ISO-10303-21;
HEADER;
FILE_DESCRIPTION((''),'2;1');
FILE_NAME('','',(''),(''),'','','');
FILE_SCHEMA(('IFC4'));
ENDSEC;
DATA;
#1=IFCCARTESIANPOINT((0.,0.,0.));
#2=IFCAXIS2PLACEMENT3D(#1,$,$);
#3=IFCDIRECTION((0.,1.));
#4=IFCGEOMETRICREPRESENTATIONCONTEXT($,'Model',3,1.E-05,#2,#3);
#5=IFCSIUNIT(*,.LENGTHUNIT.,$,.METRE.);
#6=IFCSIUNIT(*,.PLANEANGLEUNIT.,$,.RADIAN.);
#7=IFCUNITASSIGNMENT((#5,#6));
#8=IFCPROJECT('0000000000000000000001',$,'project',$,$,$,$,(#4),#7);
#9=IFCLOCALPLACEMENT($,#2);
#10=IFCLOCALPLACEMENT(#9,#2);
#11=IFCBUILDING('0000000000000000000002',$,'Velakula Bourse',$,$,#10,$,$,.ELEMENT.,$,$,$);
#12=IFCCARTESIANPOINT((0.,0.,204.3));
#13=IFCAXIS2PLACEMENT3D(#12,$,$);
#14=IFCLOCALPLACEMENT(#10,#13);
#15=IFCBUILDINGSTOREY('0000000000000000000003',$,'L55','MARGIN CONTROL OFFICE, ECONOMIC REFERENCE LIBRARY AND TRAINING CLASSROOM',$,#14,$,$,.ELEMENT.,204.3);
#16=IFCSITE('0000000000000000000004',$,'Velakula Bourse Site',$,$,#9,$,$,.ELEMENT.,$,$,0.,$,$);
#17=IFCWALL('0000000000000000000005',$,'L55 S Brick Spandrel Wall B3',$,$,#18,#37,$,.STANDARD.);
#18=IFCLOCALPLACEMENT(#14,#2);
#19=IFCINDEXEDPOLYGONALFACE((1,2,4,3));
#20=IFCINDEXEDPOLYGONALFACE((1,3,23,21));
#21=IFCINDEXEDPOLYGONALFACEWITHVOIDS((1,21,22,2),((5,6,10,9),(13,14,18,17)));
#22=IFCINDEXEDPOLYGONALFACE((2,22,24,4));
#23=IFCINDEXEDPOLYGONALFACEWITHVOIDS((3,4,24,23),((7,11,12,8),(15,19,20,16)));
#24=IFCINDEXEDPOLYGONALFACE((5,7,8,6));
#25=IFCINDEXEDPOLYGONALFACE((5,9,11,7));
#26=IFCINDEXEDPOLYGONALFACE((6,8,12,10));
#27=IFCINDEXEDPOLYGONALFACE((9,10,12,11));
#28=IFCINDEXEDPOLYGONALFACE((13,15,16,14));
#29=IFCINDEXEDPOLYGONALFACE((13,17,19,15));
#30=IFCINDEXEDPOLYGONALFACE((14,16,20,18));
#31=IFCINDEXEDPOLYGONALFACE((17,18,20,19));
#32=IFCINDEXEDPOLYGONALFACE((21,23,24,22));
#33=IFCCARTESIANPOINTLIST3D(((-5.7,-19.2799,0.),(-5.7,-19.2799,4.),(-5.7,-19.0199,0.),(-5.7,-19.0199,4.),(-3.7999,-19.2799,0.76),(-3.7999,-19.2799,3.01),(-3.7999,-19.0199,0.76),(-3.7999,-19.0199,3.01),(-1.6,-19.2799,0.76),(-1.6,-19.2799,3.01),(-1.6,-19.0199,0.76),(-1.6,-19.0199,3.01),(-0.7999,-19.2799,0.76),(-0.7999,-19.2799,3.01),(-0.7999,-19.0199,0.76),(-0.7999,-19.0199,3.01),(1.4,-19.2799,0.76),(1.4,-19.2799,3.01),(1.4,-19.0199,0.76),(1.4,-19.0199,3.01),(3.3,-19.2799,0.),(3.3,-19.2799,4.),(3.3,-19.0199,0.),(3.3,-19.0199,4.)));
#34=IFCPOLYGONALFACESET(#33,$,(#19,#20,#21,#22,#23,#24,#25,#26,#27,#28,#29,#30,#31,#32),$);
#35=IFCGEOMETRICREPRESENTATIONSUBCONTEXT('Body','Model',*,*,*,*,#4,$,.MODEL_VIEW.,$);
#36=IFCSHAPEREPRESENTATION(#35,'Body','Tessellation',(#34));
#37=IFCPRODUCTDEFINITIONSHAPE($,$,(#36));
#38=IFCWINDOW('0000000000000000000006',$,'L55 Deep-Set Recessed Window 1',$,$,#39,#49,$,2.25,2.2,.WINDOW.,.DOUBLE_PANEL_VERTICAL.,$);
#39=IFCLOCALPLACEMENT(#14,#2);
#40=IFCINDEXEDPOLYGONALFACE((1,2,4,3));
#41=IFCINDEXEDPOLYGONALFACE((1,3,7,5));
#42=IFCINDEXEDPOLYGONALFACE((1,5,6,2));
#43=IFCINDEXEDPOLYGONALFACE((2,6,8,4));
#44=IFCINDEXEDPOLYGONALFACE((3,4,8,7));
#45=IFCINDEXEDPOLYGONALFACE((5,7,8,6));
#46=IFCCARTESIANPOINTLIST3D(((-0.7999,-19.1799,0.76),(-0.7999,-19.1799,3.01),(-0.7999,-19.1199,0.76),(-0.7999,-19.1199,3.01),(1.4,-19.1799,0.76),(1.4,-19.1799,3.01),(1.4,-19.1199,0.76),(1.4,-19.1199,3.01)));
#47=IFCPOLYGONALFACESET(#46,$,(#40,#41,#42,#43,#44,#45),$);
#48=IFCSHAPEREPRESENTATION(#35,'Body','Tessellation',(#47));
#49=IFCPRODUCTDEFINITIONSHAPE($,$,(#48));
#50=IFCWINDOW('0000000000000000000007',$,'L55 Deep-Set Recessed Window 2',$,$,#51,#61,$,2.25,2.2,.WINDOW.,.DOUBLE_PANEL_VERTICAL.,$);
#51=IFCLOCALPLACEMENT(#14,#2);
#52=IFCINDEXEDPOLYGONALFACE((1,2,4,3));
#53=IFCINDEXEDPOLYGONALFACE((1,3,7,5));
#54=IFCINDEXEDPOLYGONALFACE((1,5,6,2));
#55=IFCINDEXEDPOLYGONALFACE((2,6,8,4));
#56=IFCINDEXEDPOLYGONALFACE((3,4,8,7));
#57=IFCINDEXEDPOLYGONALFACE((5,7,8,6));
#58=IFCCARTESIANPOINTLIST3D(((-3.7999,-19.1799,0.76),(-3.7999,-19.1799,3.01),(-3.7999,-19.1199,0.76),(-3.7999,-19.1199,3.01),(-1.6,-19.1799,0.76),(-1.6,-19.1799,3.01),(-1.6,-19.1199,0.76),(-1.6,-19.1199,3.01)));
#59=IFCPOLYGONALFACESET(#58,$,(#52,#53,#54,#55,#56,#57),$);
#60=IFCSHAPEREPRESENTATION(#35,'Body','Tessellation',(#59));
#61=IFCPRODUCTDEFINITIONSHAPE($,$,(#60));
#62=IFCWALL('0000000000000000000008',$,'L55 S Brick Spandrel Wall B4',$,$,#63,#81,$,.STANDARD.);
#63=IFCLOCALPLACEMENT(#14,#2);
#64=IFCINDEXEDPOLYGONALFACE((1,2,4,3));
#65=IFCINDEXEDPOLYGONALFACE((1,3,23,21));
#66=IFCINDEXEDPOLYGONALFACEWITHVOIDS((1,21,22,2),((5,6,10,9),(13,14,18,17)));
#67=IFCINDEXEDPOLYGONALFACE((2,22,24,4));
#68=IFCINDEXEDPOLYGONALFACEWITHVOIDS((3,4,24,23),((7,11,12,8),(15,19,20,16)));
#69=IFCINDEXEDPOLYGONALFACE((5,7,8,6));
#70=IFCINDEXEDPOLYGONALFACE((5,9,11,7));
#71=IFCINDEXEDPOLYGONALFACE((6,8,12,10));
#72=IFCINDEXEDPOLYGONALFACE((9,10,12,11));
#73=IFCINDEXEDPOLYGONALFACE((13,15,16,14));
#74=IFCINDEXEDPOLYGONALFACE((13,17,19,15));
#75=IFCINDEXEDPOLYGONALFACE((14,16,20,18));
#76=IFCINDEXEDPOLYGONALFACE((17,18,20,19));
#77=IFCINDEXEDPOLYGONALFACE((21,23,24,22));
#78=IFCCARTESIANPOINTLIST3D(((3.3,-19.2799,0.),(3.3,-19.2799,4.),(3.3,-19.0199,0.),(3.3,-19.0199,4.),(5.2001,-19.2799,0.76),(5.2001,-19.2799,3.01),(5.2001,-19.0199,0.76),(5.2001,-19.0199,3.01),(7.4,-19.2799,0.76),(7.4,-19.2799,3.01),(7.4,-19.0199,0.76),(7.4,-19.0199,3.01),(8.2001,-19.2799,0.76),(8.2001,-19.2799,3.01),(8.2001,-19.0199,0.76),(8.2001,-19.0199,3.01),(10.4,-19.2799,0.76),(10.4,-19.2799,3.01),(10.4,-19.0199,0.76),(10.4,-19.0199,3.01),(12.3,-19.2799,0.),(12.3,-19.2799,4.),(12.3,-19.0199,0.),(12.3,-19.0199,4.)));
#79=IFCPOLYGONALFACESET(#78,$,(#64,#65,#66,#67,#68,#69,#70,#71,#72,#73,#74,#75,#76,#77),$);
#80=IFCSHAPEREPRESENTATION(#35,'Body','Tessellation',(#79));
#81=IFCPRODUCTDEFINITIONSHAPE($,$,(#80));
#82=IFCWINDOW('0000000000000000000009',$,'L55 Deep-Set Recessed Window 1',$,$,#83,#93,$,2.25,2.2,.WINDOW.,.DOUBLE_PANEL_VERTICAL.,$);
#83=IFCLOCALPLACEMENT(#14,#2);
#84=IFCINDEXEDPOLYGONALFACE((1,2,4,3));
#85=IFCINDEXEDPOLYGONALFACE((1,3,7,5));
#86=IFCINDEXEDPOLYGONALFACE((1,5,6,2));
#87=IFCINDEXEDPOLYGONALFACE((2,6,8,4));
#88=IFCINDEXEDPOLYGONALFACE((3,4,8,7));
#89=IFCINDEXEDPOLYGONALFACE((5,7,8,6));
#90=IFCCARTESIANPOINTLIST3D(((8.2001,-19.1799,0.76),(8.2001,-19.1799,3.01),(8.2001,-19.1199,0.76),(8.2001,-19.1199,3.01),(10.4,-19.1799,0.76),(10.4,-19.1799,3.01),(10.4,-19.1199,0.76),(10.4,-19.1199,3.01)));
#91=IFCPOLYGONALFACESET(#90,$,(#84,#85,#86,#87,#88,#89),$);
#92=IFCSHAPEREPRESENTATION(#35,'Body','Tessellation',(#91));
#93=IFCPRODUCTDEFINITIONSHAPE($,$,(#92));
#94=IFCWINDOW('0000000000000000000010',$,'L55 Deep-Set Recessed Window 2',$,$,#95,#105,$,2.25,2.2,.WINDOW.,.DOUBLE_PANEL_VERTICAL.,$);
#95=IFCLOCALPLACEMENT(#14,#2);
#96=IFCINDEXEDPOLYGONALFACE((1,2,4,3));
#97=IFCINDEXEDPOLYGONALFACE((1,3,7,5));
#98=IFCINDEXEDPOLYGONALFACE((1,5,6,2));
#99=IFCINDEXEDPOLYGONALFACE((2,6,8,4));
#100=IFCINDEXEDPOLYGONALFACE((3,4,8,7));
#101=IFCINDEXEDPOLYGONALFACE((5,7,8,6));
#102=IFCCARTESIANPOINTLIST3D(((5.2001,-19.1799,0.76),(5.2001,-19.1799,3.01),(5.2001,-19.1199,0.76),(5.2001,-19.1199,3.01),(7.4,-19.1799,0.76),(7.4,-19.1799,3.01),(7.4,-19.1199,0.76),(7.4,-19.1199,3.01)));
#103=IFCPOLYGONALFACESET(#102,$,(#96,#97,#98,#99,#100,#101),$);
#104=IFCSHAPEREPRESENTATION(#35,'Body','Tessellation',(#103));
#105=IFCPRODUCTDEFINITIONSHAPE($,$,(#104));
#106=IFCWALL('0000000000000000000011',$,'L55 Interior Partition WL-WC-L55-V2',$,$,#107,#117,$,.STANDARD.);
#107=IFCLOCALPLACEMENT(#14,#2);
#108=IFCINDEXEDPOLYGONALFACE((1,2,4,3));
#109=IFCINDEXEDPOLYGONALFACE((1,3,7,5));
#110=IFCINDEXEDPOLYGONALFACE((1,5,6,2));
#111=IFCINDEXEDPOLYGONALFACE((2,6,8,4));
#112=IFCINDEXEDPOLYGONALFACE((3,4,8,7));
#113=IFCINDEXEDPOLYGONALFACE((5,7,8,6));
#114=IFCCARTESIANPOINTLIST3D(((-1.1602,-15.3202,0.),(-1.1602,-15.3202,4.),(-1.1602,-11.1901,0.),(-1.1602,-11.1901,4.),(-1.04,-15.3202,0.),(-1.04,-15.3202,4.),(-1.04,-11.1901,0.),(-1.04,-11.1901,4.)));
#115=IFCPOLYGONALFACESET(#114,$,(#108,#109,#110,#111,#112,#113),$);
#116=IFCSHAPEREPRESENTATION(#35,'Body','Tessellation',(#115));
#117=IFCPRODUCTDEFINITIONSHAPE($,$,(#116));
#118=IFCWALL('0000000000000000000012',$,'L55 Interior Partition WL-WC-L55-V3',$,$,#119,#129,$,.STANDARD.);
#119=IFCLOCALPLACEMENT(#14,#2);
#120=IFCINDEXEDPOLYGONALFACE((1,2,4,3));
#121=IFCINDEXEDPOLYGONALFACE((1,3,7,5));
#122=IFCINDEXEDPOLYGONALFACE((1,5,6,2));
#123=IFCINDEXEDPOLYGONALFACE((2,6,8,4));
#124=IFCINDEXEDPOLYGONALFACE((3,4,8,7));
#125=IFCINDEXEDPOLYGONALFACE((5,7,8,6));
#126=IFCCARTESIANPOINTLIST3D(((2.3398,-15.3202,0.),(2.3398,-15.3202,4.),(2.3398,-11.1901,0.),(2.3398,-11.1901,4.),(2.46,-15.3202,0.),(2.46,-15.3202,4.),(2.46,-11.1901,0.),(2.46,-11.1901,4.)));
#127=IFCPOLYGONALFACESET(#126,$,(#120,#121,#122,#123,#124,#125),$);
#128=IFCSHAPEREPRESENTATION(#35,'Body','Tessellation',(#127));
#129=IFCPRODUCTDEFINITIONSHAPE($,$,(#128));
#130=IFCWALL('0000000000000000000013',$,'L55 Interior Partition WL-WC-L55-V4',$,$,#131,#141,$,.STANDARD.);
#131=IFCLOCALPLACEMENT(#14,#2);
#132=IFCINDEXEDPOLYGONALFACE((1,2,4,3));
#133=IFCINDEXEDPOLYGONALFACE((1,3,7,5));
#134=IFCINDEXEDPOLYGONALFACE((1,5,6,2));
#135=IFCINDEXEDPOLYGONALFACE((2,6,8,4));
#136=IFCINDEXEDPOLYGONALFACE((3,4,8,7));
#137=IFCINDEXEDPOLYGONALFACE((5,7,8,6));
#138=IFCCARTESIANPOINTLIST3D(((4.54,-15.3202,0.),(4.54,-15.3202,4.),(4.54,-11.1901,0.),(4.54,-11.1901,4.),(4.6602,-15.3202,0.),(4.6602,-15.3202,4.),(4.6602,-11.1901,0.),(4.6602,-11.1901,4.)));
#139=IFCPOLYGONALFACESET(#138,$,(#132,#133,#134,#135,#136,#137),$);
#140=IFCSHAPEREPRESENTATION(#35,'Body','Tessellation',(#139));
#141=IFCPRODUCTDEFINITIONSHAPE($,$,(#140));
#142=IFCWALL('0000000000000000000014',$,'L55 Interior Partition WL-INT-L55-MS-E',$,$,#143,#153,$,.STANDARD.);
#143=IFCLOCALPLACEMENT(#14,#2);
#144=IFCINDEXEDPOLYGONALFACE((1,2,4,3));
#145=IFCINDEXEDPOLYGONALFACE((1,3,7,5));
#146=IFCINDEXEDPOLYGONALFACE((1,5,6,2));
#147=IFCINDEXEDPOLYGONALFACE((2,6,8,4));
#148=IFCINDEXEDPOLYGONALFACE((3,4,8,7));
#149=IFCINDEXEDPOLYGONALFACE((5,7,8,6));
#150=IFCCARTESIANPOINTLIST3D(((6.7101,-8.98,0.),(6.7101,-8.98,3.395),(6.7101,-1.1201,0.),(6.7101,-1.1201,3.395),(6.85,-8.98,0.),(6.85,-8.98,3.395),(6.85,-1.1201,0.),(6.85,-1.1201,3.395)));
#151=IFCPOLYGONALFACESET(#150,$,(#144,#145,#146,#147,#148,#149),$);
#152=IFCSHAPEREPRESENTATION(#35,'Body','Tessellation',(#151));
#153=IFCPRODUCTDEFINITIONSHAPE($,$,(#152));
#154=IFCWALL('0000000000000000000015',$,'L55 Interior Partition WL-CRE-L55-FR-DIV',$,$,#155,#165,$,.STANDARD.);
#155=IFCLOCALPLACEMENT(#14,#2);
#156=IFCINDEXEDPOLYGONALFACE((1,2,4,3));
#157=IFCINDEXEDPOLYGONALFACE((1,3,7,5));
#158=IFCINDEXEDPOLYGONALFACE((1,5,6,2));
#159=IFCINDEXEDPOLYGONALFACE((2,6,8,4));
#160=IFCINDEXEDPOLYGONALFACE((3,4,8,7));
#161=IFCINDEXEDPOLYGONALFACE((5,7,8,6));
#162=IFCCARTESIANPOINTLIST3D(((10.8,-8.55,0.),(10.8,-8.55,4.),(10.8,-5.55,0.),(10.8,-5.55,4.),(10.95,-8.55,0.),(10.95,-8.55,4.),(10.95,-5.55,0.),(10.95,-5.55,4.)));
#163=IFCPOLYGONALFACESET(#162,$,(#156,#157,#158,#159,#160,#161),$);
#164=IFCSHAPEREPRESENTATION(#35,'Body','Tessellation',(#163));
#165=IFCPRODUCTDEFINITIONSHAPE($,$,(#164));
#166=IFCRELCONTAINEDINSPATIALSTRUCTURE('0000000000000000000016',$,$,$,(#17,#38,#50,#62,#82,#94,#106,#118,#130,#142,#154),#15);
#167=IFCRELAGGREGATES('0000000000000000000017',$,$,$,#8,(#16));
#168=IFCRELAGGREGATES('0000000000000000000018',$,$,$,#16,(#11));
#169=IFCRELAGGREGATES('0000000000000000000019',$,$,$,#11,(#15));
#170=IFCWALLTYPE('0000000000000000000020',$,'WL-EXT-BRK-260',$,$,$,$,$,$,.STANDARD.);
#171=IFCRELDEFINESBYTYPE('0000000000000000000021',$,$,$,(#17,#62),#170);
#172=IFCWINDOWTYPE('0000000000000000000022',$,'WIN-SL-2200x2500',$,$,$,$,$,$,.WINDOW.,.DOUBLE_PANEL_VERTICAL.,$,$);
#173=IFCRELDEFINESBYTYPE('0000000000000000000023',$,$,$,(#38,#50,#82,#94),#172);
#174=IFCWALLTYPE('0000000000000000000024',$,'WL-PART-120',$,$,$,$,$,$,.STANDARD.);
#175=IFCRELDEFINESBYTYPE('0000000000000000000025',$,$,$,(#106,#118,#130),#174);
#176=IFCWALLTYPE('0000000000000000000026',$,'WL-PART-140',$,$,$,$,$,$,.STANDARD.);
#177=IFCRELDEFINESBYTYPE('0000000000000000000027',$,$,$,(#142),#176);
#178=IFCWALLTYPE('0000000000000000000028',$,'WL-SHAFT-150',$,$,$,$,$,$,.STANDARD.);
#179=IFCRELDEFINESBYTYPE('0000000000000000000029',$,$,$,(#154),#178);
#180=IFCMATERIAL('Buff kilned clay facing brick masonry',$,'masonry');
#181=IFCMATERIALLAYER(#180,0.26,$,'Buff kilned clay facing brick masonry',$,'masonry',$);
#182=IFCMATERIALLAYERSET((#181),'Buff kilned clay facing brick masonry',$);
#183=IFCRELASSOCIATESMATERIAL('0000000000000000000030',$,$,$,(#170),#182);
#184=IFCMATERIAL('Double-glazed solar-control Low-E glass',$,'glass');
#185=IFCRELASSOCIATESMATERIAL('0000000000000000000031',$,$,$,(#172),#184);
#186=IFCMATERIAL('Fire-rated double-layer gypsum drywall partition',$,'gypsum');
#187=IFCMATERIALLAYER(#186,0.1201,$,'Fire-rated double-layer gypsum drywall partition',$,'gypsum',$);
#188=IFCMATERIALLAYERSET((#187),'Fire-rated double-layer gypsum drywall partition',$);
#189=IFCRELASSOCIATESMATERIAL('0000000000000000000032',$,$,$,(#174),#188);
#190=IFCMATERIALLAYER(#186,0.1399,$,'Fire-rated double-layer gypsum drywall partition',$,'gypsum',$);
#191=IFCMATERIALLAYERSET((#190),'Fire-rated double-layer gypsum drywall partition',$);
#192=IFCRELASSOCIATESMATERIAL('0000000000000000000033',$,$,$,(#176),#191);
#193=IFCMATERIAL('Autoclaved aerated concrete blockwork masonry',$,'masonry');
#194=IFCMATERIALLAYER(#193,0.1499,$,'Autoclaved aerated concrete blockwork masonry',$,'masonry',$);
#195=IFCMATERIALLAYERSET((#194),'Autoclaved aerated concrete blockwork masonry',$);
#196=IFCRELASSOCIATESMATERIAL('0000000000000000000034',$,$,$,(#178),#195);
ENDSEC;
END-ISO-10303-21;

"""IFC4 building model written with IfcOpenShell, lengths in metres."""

from ifc_helpers import new_model, si_unit, direction, frame, frame_2d, origin, place, context, subcontext, project, spatial, rectangle, extrude, material, layer, layer_set, type_object, element, fill, save


model = new_model("IFC4")

# Units and contexts
model_context = context("Model", 3, precision=1e-05, world=origin(), true_north=direction((0.0, 1.0)))
body_context = subcontext(model_context, "Body", "Model", "MODEL_VIEW")
ifc_project = project(units=[si_unit("LENGTHUNIT", "METRE"), si_unit("PLANEANGLEUNIT", "RADIAN")], contexts=[model_context])

# Site, building, storey
site_placement = place(None, origin())
site = spatial("IfcSite", under=ifc_project, at=site_placement, Name="Velakula Bourse Site", CompositionType="ELEMENT", RefElevation=0.0)
building_placement = place(site_placement, origin())
building = spatial("IfcBuilding", under=site, at=building_placement, Name="Velakula Bourse", CompositionType="ELEMENT")
storey_placement = place(building_placement, frame((0.0, 0.0, 204.3)))
storey = spatial("IfcBuildingStorey", under=building, at=storey_placement, Name="L55", Description="MARGIN CONTROL OFFICE, ECONOMIC REFERENCE LIBRARY AND TRAINING CLASSROOM", CompositionType="ELEMENT", Elevation=204.3)

# Walls, openings, windows
ifc_material_1 = material(Name="Buff kilned clay facing brick masonry", Category="masonry")
ifc_layer_1 = layer(ifc_material_1, 0.26, Name="Buff kilned clay facing brick masonry", Category="masonry")
ifc_layer_set_1 = layer_set([ifc_layer_1], Name="Buff kilned clay facing brick masonry")
wall_type_1 = type_object("IfcWallType", Name="WL-EXT-BRK-260", PredefinedType="STANDARD", material=ifc_layer_set_1)
wall_1_placement = place(storey_placement, frame((3.3, -19.1499, 0.0), z_axis=(0.0, 0.0, 1.0), x_axis=(-1.0, 0.0, 0.0)))
wall_1 = element("IfcWall", 1, at=wall_1_placement, inside=storey, type_object=wall_type_1, Name="L55 S Brick Spandrel Wall B3", PredefinedType="STANDARD", context=body_context, shape_type="SweptSolid", body=[
    extrude(rectangle(XDim=9.0, YDim=0.26, at=frame_2d((4.5, 0.0))), origin(), (0.0, 0.0, 1.0), 4.0),
])
opening_1_placement = place(wall_1_placement, frame((1.8999, 0.0, 0.76)))
opening_1 = element("IfcOpeningElement", 2, at=opening_1_placement, cuts=wall_1, PredefinedType="OPENING", context=body_context, shape_type="SweptSolid", body=[
    extrude(rectangle(XDim=2.2, YDim=2.25, at=frame_2d((1.1001, 1.125))), frame((0.0, 0.1399, 0.0), z_axis=(0.0, -1.0, 0.0), x_axis=(1.0, 0.0, 0.0)), (0.0, 0.0, 1.0), 0.28),
])
opening_2_placement = place(wall_1_placement, frame((4.8999, 0.0, 0.76)))
opening_2 = element("IfcOpeningElement", 3, at=opening_2_placement, cuts=wall_1, PredefinedType="OPENING", context=body_context, shape_type="SweptSolid", body=[
    extrude(rectangle(XDim=2.2, YDim=2.25, at=frame_2d((1.1001, 1.125))), frame((0.0, 0.1399, 0.0), z_axis=(0.0, -1.0, 0.0), x_axis=(1.0, 0.0, 0.0)), (0.0, 0.0, 1.0), 0.28),
])
ifc_material_2 = material(Name="Double-glazed solar-control Low-E glass", Category="glass")
window_type = type_object("IfcWindowType", Name="WIN-SL-2200x2500", PartitioningType="DOUBLE_PANEL_VERTICAL", PredefinedType="WINDOW", material=ifc_material_2)
window_1_placement = place(opening_1_placement, origin())
window_1 = element("IfcWindow", 4, at=window_1_placement, inside=storey, type_object=window_type, Name="L55 Deep-Set Recessed Window 1", OverallHeight=2.25, OverallWidth=2.2, PartitioningType="DOUBLE_PANEL_VERTICAL", PredefinedType="WINDOW", context=body_context, shape_type="SweptSolid", body=[
    extrude(rectangle(XDim=2.2, YDim=2.25, at=frame_2d((1.1001, 1.125))), frame((0.0, 0.03, 0.0), z_axis=(0.0, -1.0, 0.0), x_axis=(1.0, 0.0, 0.0)), (0.0, 0.0, 1.0), 0.0601),
])
fill(opening_1, window_1)
window_2_placement = place(opening_2_placement, origin())
window_2 = element("IfcWindow", 5, at=window_2_placement, inside=storey, type_object=window_type, Name="L55 Deep-Set Recessed Window 2", OverallHeight=2.25, OverallWidth=2.2, PartitioningType="DOUBLE_PANEL_VERTICAL", PredefinedType="WINDOW", context=body_context, shape_type="SweptSolid", body=[
    extrude(rectangle(XDim=2.2, YDim=2.25, at=frame_2d((1.1001, 1.125))), frame((0.0, 0.03, 0.0), z_axis=(0.0, -1.0, 0.0), x_axis=(1.0, 0.0, 0.0)), (0.0, 0.0, 1.0), 0.0601),
])
fill(opening_2, window_2)
wall_2_placement = place(storey_placement, frame((12.3, -19.1499, 0.0), z_axis=(0.0, 0.0, 1.0), x_axis=(-1.0, 0.0, 0.0)))
wall_2 = element("IfcWall", 6, at=wall_2_placement, inside=storey, type_object=wall_type_1, Name="L55 S Brick Spandrel Wall B4", PredefinedType="STANDARD", context=body_context, shape_type="SweptSolid", body=[
    extrude(rectangle(XDim=9.0, YDim=0.26, at=frame_2d((4.5, 0.0))), origin(), (0.0, 0.0, 1.0), 4.0),
])
opening_3_placement = place(wall_2_placement, frame((1.8999, 0.0, 0.76)))
opening_3 = element("IfcOpeningElement", 7, at=opening_3_placement, cuts=wall_2, PredefinedType="OPENING", context=body_context, shape_type="SweptSolid", body=[
    extrude(rectangle(XDim=2.2, YDim=2.25, at=frame_2d((1.1001, 1.125))), frame((0.0, 0.1399, 0.0), z_axis=(0.0, -1.0, 0.0), x_axis=(1.0, 0.0, 0.0)), (0.0, 0.0, 1.0), 0.28),
])
opening_4_placement = place(wall_2_placement, frame((4.8999, 0.0, 0.76)))
opening_4 = element("IfcOpeningElement", 8, at=opening_4_placement, cuts=wall_2, PredefinedType="OPENING", context=body_context, shape_type="SweptSolid", body=[
    extrude(rectangle(XDim=2.2, YDim=2.25, at=frame_2d((1.1001, 1.125))), frame((0.0, 0.1399, 0.0), z_axis=(0.0, -1.0, 0.0), x_axis=(1.0, 0.0, 0.0)), (0.0, 0.0, 1.0), 0.28),
])
window_3_placement = place(opening_3_placement, origin())
window_3 = element("IfcWindow", 9, at=window_3_placement, inside=storey, type_object=window_type, Name="L55 Deep-Set Recessed Window 1", OverallHeight=2.25, OverallWidth=2.2, PartitioningType="DOUBLE_PANEL_VERTICAL", PredefinedType="WINDOW", context=body_context, shape_type="SweptSolid", body=[
    extrude(rectangle(XDim=2.2, YDim=2.25, at=frame_2d((1.1001, 1.125))), frame((0.0, 0.03, 0.0), z_axis=(0.0, -1.0, 0.0), x_axis=(1.0, 0.0, 0.0)), (0.0, 0.0, 1.0), 0.0601),
])
fill(opening_3, window_3)
window_4_placement = place(opening_4_placement, origin())
window_4 = element("IfcWindow", 10, at=window_4_placement, inside=storey, type_object=window_type, Name="L55 Deep-Set Recessed Window 2", OverallHeight=2.25, OverallWidth=2.2, PartitioningType="DOUBLE_PANEL_VERTICAL", PredefinedType="WINDOW", context=body_context, shape_type="SweptSolid", body=[
    extrude(rectangle(XDim=2.2, YDim=2.25, at=frame_2d((1.1001, 1.125))), frame((0.0, 0.03, 0.0), z_axis=(0.0, -1.0, 0.0), x_axis=(1.0, 0.0, 0.0)), (0.0, 0.0, 1.0), 0.0601),
])
fill(opening_4, window_4)

# Walls
ifc_material_3 = material(Name="Fire-rated double-layer gypsum drywall partition", Category="gypsum")
ifc_layer_2 = layer(ifc_material_3, 0.1201, Name="Fire-rated double-layer gypsum drywall partition", Category="gypsum")
ifc_layer_set_2 = layer_set([ifc_layer_2], Name="Fire-rated double-layer gypsum drywall partition")
wall_type_2 = type_object("IfcWallType", Name="WL-PART-120", PredefinedType="STANDARD", material=ifc_layer_set_2)
for number, where, z_axis, x_axis, name in (
    (11, (-1.1001, -15.3201, 0.0), (0.0, 0.0, 1.0), (0.0, 1.0, 0.0), "L55 Interior Partition WL-WC-L55-V2"),
    (12, (2.3999, -15.3201, 0.0), (0.0, 0.0, 1.0), (0.0, 1.0, 0.0), "L55 Interior Partition WL-WC-L55-V3"),
    (13, (4.6001, -15.3201, 0.0), (0.0, 0.0, 1.0), (0.0, 1.0, 0.0), "L55 Interior Partition WL-WC-L55-V4"),
):
    element("IfcWall", number, at=place(storey_placement, frame(where, z_axis=z_axis, x_axis=x_axis)), inside=storey, type_object=wall_type_2, Name=name, PredefinedType="STANDARD", context=body_context, shape_type="SweptSolid", body=[
        extrude(rectangle(XDim=4.1301, YDim=0.1201, at=frame_2d((2.0649, 0.0))), origin(), (0.0, 0.0, 1.0), 4.0),
    ])
ifc_layer_3 = layer(ifc_material_3, 0.1399, Name="Fire-rated double-layer gypsum drywall partition", Category="gypsum")
ifc_layer_set_3 = layer_set([ifc_layer_3], Name="Fire-rated double-layer gypsum drywall partition")
wall_type_3 = type_object("IfcWallType", Name="WL-PART-140", PredefinedType="STANDARD", material=ifc_layer_set_3)
wall_3_placement = place(storey_placement, frame((6.78, -8.98, 0.0), z_axis=(0.0, 0.0, 1.0), x_axis=(0.0, 1.0, 0.0)))
element("IfcWall", 14, at=wall_3_placement, inside=storey, type_object=wall_type_3, Name="L55 Interior Partition WL-INT-L55-MS-E", PredefinedType="STANDARD", context=body_context, shape_type="SweptSolid", body=[
    extrude(rectangle(XDim=7.8599, YDim=0.1399, at=frame_2d((3.9299, 0.0))), origin(), (0.0, 0.0, 1.0), 3.395),
])
ifc_material_4 = material(Name="Autoclaved aerated concrete blockwork masonry", Category="masonry")
ifc_layer_4 = layer(ifc_material_4, 0.1499, Name="Autoclaved aerated concrete blockwork masonry", Category="masonry")
ifc_layer_set_4 = layer_set([ifc_layer_4], Name="Autoclaved aerated concrete blockwork masonry")
wall_type_4 = type_object("IfcWallType", Name="WL-SHAFT-150", PredefinedType="STANDARD", material=ifc_layer_set_4)
wall_4_placement = place(storey_placement, frame((10.875, -8.55, 0.0), z_axis=(0.0, 0.0, 1.0), x_axis=(0.0, 1.0, 0.0)))
element("IfcWall", 15, at=wall_4_placement, inside=storey, type_object=wall_type_4, Name="L55 Interior Partition WL-CRE-L55-FR-DIV", PredefinedType="STANDARD", context=body_context, shape_type="SweptSolid", body=[
    extrude(rectangle(XDim=3.0, YDim=0.1499, at=frame_2d((1.5, 0.0))), origin(), (0.0, 0.0, 1.0), 4.0),
])

save(model, "model.ifc")
